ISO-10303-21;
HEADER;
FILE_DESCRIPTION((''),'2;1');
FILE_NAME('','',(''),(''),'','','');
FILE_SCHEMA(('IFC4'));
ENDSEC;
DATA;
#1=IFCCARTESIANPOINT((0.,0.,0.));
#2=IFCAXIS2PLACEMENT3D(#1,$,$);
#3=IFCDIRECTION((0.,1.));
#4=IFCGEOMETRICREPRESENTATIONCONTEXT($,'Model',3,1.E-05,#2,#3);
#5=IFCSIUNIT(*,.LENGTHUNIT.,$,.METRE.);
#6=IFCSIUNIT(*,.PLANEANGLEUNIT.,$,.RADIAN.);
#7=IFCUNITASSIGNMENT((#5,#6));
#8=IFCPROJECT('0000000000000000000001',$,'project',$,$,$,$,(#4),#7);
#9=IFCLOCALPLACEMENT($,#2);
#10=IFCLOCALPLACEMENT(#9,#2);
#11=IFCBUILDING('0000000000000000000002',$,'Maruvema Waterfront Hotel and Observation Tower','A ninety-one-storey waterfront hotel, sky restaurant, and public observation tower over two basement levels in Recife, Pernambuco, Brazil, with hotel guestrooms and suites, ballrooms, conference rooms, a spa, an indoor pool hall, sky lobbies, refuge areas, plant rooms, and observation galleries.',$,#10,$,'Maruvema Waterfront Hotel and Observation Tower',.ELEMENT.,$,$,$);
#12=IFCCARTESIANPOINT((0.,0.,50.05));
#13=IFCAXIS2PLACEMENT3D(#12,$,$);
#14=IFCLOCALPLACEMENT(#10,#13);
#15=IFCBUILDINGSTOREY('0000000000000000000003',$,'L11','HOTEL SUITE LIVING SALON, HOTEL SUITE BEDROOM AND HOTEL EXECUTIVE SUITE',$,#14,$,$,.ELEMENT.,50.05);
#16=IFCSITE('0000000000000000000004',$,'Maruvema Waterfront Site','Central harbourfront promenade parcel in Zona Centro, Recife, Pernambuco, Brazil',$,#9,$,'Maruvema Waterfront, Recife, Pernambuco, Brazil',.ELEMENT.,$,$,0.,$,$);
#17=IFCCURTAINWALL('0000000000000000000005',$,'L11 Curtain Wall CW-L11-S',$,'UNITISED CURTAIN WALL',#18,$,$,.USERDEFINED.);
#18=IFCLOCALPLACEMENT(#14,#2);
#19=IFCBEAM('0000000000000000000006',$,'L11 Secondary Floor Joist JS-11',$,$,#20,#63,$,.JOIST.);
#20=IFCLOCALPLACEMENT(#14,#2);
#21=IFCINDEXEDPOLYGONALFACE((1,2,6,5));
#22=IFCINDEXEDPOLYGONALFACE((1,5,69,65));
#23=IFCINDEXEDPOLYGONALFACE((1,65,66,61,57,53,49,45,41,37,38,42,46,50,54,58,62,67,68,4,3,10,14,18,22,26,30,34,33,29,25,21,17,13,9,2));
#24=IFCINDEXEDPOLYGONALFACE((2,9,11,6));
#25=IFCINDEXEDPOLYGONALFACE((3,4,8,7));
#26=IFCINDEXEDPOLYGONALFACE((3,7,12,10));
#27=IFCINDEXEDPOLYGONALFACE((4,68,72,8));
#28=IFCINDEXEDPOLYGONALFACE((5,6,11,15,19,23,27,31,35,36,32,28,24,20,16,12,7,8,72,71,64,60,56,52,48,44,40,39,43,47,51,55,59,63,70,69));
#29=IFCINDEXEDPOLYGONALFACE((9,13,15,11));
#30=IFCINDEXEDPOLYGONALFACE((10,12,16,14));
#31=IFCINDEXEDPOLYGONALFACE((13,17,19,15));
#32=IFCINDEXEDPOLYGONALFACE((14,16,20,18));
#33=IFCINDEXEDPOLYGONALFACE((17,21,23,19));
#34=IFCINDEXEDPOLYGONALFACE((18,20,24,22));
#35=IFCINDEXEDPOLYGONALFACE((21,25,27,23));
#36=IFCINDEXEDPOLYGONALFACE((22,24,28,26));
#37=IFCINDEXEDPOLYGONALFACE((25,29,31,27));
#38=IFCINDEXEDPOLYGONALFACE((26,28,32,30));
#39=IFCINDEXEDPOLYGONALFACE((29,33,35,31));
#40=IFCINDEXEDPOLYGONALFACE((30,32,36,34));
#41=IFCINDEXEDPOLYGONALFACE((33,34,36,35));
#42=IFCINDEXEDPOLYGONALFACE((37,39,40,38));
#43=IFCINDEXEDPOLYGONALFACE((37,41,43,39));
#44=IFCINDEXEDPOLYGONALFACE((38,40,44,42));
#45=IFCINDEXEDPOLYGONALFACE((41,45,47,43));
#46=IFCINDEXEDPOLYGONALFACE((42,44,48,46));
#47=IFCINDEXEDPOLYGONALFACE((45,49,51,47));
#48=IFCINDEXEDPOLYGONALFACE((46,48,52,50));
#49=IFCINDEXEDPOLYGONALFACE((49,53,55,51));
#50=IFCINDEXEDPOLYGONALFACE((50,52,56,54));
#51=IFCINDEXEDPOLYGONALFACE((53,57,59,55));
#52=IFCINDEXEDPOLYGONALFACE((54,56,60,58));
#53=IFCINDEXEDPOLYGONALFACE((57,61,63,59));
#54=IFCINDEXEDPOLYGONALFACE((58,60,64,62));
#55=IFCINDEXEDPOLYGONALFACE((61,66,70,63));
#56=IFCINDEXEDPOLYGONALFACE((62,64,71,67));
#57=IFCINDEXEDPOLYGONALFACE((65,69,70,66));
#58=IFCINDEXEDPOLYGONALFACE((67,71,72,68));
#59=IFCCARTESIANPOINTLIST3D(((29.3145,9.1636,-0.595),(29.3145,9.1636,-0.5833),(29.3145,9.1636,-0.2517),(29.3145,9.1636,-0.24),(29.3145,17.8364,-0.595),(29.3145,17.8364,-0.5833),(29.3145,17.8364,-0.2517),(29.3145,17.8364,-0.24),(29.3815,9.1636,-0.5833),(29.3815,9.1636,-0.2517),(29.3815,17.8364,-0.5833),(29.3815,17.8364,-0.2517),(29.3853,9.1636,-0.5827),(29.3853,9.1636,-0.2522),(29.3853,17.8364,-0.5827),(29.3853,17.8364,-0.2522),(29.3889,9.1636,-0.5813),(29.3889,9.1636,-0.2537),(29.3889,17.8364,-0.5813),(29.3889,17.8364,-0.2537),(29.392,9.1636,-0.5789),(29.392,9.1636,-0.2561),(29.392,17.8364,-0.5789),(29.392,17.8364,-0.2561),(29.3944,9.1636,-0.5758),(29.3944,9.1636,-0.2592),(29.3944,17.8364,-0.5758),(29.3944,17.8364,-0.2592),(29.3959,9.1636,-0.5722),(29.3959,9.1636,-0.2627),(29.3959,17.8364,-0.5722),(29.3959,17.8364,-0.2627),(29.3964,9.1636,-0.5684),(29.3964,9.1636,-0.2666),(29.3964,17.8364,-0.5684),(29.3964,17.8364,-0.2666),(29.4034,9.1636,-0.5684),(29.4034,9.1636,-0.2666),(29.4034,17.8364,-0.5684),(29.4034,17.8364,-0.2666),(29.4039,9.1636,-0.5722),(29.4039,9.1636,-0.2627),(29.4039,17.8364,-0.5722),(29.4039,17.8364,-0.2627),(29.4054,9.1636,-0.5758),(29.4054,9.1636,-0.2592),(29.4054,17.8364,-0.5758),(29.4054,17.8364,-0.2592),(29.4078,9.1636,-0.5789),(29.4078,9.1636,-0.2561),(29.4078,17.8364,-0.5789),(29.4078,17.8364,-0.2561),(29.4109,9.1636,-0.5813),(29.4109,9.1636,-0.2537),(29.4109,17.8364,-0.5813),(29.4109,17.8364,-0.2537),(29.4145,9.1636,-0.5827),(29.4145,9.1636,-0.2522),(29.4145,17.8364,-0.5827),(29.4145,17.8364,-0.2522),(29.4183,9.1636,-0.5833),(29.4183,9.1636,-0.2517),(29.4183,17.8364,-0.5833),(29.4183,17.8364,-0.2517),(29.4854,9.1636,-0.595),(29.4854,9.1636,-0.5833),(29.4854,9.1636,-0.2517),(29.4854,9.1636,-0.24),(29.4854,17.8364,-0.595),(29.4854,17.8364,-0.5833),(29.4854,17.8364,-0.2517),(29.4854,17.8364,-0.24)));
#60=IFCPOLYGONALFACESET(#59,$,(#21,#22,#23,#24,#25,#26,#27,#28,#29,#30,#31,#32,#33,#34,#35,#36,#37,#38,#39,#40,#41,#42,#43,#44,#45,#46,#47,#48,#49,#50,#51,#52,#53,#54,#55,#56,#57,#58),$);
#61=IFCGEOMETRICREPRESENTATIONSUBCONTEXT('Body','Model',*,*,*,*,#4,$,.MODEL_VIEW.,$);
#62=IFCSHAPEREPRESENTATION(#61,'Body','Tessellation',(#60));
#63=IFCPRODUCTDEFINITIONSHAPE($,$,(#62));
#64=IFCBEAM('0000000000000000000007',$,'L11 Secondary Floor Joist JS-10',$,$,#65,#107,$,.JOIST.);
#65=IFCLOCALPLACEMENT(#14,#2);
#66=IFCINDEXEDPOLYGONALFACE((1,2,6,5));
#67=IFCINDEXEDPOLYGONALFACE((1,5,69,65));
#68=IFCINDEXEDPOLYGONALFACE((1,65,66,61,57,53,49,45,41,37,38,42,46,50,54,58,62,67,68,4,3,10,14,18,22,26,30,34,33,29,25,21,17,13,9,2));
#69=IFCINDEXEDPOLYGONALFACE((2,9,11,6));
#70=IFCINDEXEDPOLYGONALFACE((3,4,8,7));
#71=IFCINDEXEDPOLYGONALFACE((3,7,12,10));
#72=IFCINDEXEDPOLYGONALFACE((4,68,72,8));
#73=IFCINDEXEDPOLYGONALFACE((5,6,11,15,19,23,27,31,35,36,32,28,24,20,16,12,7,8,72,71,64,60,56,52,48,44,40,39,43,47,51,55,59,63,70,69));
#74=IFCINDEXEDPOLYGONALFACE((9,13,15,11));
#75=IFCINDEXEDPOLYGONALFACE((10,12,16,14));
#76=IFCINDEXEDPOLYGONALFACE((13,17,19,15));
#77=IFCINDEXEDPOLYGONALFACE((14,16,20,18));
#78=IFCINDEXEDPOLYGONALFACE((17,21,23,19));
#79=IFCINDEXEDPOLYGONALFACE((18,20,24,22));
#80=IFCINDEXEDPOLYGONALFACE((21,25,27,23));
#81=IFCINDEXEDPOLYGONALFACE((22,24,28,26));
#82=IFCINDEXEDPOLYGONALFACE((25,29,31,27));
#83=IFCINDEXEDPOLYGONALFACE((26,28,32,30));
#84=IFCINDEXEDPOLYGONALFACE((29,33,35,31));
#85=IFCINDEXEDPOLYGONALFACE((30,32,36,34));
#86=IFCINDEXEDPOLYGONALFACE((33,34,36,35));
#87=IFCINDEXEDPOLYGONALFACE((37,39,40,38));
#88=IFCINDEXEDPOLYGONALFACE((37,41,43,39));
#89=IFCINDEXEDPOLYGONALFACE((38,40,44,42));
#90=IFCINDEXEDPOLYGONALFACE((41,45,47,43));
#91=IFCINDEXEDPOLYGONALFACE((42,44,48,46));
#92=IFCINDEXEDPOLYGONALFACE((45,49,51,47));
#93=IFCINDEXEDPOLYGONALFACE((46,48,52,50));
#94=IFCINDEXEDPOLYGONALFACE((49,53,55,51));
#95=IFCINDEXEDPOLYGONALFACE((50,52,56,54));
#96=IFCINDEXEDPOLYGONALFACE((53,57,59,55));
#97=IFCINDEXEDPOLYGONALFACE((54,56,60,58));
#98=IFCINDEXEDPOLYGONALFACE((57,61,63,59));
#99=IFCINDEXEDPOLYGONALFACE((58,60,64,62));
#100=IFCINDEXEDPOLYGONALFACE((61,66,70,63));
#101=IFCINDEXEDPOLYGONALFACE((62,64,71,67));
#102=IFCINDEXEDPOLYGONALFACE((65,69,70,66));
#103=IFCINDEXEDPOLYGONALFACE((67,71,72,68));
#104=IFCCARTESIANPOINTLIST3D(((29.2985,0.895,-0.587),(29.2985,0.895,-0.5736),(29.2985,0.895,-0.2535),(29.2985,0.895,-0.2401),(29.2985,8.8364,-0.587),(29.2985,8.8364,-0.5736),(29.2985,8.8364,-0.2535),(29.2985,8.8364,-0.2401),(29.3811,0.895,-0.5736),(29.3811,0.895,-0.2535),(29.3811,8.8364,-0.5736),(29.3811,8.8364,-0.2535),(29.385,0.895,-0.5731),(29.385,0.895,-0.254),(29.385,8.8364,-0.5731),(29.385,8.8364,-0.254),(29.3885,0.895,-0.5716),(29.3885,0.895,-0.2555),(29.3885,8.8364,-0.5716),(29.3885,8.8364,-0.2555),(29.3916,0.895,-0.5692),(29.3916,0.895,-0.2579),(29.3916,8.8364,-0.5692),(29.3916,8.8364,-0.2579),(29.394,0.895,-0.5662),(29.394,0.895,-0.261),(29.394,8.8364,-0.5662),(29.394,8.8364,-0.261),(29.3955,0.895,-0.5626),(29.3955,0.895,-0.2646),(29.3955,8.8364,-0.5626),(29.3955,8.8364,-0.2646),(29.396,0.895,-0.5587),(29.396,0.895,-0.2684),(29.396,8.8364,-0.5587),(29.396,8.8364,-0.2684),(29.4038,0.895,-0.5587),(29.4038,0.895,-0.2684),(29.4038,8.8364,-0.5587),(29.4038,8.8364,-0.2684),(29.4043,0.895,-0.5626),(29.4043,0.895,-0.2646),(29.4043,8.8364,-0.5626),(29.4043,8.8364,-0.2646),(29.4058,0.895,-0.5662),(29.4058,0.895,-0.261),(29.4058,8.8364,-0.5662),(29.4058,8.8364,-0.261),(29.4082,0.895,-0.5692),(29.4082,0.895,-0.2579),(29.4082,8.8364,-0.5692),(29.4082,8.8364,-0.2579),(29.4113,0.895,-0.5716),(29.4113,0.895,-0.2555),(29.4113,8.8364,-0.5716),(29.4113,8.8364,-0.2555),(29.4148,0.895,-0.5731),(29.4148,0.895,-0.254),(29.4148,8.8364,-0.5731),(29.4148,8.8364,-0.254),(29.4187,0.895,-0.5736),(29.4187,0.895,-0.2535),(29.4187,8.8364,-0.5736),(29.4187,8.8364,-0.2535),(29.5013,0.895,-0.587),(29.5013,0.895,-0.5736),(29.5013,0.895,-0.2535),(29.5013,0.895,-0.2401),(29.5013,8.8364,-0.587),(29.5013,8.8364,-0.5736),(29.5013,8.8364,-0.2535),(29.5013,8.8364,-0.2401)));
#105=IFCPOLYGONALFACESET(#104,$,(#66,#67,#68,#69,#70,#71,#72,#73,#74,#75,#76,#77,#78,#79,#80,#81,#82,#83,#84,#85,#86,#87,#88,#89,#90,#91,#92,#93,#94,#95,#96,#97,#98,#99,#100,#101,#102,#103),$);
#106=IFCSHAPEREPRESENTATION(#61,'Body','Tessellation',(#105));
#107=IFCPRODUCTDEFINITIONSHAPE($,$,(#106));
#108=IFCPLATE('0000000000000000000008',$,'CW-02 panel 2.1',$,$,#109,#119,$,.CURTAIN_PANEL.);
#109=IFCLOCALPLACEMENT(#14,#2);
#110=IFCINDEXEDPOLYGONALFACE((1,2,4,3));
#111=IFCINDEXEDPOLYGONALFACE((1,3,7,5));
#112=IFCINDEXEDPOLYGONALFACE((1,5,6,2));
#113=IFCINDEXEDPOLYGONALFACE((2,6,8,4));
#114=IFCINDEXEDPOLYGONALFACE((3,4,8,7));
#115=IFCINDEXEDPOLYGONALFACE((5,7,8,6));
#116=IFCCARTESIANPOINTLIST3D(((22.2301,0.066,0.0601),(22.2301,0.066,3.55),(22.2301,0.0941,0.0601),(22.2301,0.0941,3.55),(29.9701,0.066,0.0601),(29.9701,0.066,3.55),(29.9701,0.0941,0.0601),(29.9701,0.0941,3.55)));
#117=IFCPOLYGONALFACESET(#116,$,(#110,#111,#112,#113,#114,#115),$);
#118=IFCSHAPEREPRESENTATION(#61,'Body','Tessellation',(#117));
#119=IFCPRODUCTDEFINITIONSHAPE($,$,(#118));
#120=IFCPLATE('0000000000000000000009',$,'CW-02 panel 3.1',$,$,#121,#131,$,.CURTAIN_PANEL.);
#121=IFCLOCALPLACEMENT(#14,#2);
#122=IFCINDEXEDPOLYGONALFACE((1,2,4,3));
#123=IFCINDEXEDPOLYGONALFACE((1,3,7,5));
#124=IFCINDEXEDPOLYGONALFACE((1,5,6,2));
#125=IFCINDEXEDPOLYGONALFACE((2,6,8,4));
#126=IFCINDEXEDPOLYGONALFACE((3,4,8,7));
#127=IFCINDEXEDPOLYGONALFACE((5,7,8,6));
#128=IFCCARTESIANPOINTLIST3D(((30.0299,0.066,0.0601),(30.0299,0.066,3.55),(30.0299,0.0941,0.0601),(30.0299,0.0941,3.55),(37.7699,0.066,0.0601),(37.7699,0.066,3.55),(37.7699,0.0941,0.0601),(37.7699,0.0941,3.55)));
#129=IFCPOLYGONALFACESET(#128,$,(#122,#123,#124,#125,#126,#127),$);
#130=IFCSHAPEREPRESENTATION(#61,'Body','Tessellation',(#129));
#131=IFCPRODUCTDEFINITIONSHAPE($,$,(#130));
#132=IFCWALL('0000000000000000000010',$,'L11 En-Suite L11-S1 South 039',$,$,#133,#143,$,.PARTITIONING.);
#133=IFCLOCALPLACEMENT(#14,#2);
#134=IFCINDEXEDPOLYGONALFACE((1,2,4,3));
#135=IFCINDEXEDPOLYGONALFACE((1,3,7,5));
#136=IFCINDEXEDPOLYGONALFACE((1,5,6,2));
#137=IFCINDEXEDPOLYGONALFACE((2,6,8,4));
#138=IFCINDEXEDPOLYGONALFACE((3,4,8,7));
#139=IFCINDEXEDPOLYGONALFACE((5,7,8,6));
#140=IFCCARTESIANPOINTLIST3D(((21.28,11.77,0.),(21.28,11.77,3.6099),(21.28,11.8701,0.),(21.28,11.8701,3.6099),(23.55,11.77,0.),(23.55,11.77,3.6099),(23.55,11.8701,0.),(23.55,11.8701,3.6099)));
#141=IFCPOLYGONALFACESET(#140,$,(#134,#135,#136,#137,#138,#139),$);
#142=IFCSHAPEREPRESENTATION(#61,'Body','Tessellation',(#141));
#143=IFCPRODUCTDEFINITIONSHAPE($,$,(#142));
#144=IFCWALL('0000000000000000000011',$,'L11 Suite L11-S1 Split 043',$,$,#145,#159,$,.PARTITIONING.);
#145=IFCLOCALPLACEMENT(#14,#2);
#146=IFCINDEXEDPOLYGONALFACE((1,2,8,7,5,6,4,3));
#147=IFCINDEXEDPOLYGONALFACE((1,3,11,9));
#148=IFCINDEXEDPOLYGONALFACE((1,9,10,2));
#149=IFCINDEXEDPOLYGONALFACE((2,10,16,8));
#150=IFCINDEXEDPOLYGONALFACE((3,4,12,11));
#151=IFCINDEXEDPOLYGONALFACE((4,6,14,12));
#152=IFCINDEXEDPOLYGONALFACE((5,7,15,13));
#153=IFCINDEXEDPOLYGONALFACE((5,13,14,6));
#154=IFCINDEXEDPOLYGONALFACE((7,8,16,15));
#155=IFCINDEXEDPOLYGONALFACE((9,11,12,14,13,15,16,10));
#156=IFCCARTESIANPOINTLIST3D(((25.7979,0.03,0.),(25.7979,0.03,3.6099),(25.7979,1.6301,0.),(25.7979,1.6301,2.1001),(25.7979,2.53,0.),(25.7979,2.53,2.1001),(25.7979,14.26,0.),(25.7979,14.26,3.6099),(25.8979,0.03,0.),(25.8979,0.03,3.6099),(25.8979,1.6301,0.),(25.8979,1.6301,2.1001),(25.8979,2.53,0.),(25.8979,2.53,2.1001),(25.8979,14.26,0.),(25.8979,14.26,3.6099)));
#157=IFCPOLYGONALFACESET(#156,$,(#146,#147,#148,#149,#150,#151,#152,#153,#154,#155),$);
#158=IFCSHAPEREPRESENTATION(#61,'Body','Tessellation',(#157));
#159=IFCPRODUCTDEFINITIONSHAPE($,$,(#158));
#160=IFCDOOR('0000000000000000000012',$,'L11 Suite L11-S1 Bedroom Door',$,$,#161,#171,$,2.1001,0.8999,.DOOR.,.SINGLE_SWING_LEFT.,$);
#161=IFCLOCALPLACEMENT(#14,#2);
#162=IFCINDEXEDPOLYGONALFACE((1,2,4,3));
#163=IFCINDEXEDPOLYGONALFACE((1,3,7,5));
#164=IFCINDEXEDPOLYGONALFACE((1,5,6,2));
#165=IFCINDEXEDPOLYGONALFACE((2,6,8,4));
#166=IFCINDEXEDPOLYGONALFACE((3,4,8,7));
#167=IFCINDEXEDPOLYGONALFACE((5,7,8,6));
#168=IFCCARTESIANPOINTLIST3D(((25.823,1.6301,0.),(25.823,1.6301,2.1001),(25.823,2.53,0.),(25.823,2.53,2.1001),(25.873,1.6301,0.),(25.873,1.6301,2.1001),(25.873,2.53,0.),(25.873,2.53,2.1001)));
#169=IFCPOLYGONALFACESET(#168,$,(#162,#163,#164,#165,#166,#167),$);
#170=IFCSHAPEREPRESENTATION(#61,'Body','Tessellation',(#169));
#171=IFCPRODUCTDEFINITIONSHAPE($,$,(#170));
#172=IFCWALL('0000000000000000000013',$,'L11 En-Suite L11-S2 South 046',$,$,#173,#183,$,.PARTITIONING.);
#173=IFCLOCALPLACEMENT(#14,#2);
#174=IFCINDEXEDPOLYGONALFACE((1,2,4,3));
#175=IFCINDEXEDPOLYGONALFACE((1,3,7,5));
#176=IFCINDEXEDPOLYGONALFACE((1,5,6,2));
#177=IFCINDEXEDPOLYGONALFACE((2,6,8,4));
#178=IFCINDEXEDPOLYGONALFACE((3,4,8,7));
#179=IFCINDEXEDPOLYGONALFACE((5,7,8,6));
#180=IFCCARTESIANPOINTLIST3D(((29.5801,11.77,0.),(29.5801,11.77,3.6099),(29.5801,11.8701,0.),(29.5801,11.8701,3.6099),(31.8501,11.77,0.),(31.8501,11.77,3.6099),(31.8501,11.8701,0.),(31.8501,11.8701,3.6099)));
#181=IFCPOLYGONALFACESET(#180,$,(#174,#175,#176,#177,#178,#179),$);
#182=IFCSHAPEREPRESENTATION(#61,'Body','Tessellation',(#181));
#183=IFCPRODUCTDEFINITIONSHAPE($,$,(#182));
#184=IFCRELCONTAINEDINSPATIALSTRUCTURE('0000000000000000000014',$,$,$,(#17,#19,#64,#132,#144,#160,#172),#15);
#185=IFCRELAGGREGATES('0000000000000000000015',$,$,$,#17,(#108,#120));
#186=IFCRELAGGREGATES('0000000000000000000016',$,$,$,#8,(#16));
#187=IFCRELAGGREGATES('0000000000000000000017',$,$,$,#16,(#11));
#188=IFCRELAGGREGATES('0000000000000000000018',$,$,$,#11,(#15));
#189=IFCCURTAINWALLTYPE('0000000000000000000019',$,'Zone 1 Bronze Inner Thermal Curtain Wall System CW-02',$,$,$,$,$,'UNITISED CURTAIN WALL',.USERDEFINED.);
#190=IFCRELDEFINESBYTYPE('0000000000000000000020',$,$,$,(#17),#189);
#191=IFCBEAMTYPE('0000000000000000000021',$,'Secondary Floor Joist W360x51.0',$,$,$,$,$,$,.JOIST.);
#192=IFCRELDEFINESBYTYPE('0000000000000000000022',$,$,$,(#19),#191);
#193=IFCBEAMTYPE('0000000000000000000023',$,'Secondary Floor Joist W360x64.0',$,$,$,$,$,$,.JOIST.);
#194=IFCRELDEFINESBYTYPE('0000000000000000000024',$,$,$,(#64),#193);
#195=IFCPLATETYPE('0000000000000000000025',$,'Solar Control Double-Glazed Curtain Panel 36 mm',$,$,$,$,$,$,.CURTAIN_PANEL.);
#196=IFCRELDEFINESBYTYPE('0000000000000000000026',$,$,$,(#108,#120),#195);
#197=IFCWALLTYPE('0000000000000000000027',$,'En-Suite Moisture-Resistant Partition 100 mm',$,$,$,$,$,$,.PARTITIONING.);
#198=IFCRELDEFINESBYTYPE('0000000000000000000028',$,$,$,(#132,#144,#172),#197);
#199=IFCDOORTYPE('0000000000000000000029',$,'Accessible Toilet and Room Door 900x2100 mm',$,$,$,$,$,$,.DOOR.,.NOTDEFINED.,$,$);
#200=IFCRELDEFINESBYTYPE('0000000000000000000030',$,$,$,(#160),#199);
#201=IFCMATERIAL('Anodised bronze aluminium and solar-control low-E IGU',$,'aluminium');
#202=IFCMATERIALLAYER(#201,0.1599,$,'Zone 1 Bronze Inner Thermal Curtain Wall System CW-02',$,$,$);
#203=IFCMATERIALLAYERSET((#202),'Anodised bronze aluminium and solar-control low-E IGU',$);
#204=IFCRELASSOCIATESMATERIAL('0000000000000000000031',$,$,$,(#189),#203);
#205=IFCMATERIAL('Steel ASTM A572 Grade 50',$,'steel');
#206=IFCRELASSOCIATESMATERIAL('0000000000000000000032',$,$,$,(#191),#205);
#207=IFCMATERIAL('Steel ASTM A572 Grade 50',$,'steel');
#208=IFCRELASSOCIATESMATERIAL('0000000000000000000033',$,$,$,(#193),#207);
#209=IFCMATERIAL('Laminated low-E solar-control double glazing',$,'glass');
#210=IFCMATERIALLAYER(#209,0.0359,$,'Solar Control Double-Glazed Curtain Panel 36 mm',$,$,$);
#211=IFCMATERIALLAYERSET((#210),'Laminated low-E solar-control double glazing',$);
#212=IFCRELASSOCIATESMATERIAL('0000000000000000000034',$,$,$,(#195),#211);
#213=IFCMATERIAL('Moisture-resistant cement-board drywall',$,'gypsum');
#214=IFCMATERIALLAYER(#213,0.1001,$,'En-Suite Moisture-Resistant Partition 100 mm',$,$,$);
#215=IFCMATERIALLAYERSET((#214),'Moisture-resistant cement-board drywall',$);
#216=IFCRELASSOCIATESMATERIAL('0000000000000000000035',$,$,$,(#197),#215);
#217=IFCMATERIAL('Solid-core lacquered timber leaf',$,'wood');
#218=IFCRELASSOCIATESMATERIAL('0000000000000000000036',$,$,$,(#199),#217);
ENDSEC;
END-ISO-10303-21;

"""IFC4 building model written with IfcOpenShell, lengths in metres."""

from ifc_helpers import new_model, si_unit, direction, frame, frame_2d, origin, origin_2d, place, context, subcontext, project, spatial, rectangle, i_section, extrude, material, layer, layer_set, material_profile, profile_set, type_object, element, fill, aggregate, save


model = new_model("IFC4")

# Units and contexts
model_context = context("Model", 3, precision=1e-05, world=origin(), true_north=direction((0.0, 1.0)))
body_context = subcontext(model_context, "Body", "Model", "MODEL_VIEW")
ifc_project = project(units=[si_unit("LENGTHUNIT", "METRE"), si_unit("PLANEANGLEUNIT", "RADIAN")], contexts=[model_context])

# Site, building, storey
site_placement = place(None, origin())
site = spatial("IfcSite", under=ifc_project, at=site_placement, Name="Maruvema Waterfront Site", Description="Central harbourfront promenade parcel in Zona Centro, Recife, Pernambuco, Brazil", LongName="Maruvema Waterfront, Recife, Pernambuco, Brazil", CompositionType="ELEMENT", RefElevation=0.0)
building_placement = place(site_placement, origin())
building = spatial("IfcBuilding", under=site, at=building_placement, Name="Maruvema Waterfront Hotel and Observation Tower", Description="A ninety-one-storey waterfront hotel, sky restaurant, and public observation tower over two basement levels in Recife, Pernambuco, Brazil, with hotel guestrooms and suites, ballrooms, conference rooms, a spa, an indoor pool hall, sky lobbies, refuge areas, plant rooms, and observation galleries.", LongName="Maruvema Waterfront Hotel and Observation Tower", CompositionType="ELEMENT")
storey_placement = place(building_placement, frame((0.0, 0.0, 50.05)))
storey = spatial("IfcBuildingStorey", under=building, at=storey_placement, Name="L11", Description="HOTEL SUITE LIVING SALON, HOTEL SUITE BEDROOM AND HOTEL EXECUTIVE SUITE", CompositionType="ELEMENT", Elevation=50.05)

# Curtain wall
ifc_material_1 = material(Name="Anodised bronze aluminium and solar-control low-E IGU", Category="aluminium")
ifc_layer_1 = layer(ifc_material_1, 0.1599, Name="Zone 1 Bronze Inner Thermal Curtain Wall System CW-02")
ifc_layer_set_1 = layer_set([ifc_layer_1], Name="Anodised bronze aluminium and solar-control low-E IGU")
curtain_wall_type = type_object("IfcCurtainWallType", Name="Zone 1 Bronze Inner Thermal Curtain Wall System CW-02", ElementType="UNITISED CURTAIN WALL", PredefinedType="USERDEFINED", material=ifc_layer_set_1)
curtain_wall_placement = place(storey_placement, origin())
curtain_wall = element("IfcCurtainWall", 1, at=curtain_wall_placement, inside=storey, type_object=curtain_wall_type, Name="L11 Curtain Wall CW-L11-S", ObjectType="UNITISED CURTAIN WALL", PredefinedType="USERDEFINED")

# Beams
ifc_material_2 = material(Name="Steel ASTM A572 Grade 50", Category="steel")
ifc_material_profile_1 = material_profile(ifc_material_2, i_section(OverallWidth=0.1709, OverallDepth=0.355, WebThickness=0.0071, FlangeThickness=0.0117, FilletRadius=0.0149, at=origin_2d()), Name="W360x51.0")
ifc_profile_set_1 = profile_set([ifc_material_profile_1], Name="Steel ASTM A572 Grade 50")
beam_type_1 = type_object("IfcBeamType", Name="Secondary Floor Joist W360x51.0", PredefinedType="JOIST", material=ifc_profile_set_1)
beam_1_placement = place(storey_placement, frame((29.3999, 9.1636, -0.4175), z_axis=(0.0, 1.0, 0.0), x_axis=(-1.0, 0.0, 0.0)))
element("IfcBeam", 2, at=beam_1_placement, inside=storey, type_object=beam_type_1, Name="L11 Secondary Floor Joist JS-11", PredefinedType="JOIST", context=body_context, shape_type="SweptSolid", body=[
    extrude(i_section(OverallWidth=0.1709, OverallDepth=0.355, WebThickness=0.0071, FlangeThickness=0.0117, FilletRadius=0.0149, at=origin_2d()), origin(), (0.0, 0.0, 1.0), 8.6729),
])
ifc_material_3 = material(Name="Steel ASTM A572 Grade 50", Category="steel")
ifc_material_profile_2 = material_profile(ifc_material_3, i_section(OverallWidth=0.2029, OverallDepth=0.3469, WebThickness=0.0078, FlangeThickness=0.0134, FilletRadius=0.0149, at=origin_2d()), Name="W360x64.0")
ifc_profile_set_2 = profile_set([ifc_material_profile_2], Name="Steel ASTM A572 Grade 50")
beam_type_2 = type_object("IfcBeamType", Name="Secondary Floor Joist W360x64.0", PredefinedType="JOIST", material=ifc_profile_set_2)
beam_2_placement = place(storey_placement, frame((29.3999, 0.895, -0.4136), z_axis=(0.0, 1.0, 0.0), x_axis=(-1.0, 0.0, 0.0)))
element("IfcBeam", 3, at=beam_2_placement, inside=storey, type_object=beam_type_2, Name="L11 Secondary Floor Joist JS-10", PredefinedType="JOIST", context=body_context, shape_type="SweptSolid", body=[
    extrude(i_section(OverallWidth=0.2029, OverallDepth=0.3469, WebThickness=0.0078, FlangeThickness=0.0134, FilletRadius=0.0149, at=origin_2d()), origin(), (0.0, 0.0, 1.0), 7.9414),
])

# Plates
ifc_material_4 = material(Name="Laminated low-E solar-control double glazing", Category="glass")
ifc_layer_2 = layer(ifc_material_4, 0.0359, Name="Solar Control Double-Glazed Curtain Panel 36 mm")
ifc_layer_set_2 = layer_set([ifc_layer_2], Name="Laminated low-E solar-control double glazing")
plate_type = type_object("IfcPlateType", Name="Solar Control Double-Glazed Curtain Panel 36 mm", PredefinedType="CURTAIN_PANEL", material=ifc_layer_set_2)
plate_1_placement = place(storey_placement, frame((26.1001, 0.0801, 0.0601), z_axis=(0.0, 0.0, 1.0), x_axis=(1.0, 0.0, 0.0)))
plate_1 = element("IfcPlate", 4, at=plate_1_placement, type_object=plate_type, Name="CW-02 panel 2.1", PredefinedType="CURTAIN_PANEL", context=body_context, shape_type="SweptSolid", body=[
    extrude(rectangle(XDim=7.74, YDim=0.0281, at=origin_2d()), origin(), (0.0, 0.0, 1.0), 3.49),
])
plate_2_placement = place(storey_placement, frame((33.8999, 0.0801, 0.0601), z_axis=(0.0, 0.0, 1.0), x_axis=(1.0, 0.0, 0.0)))
plate_2 = element("IfcPlate", 5, at=plate_2_placement, type_object=plate_type, Name="CW-02 panel 3.1", PredefinedType="CURTAIN_PANEL", context=body_context, shape_type="SweptSolid", body=[
    extrude(rectangle(XDim=7.74, YDim=0.0281, at=origin_2d()), origin(), (0.0, 0.0, 1.0), 3.49),
])
aggregate(curtain_wall, [plate_1, plate_2])

# Wall
ifc_material_5 = material(Name="Moisture-resistant cement-board drywall", Category="gypsum")
ifc_layer_3 = layer(ifc_material_5, 0.1001, Name="En-Suite Moisture-Resistant Partition 100 mm")
ifc_layer_set_3 = layer_set([ifc_layer_3], Name="Moisture-resistant cement-board drywall")
wall_type_1 = type_object("IfcWallType", Name="En-Suite Moisture-Resistant Partition 100 mm", PredefinedType="PARTITIONING", material=ifc_layer_set_3)
wall_1_placement = place(storey_placement, frame((21.28, 11.8201, 0.0), z_axis=(0.0, 0.0, 1.0), x_axis=(1.0, 0.0, 0.0)))
element("IfcWall", 6, at=wall_1_placement, inside=storey, type_object=wall_type_1, Name="L11 En-Suite L11-S1 South 039", PredefinedType="PARTITIONING", context=body_context, shape_type="SweptSolid", body=[
    extrude(rectangle(XDim=2.27, YDim=0.1001, at=frame_2d((1.135, 0.0))), origin(), (0.0, 0.0, 1.0), 3.6099),
])

# Wall, opening, door
wall_2_placement = place(storey_placement, frame((25.8479, 0.03, 0.0), z_axis=(0.0, 0.0, 1.0), x_axis=(0.0, 1.0, 0.0)))
wall_2 = element("IfcWall", 7, at=wall_2_placement, inside=storey, type_object=wall_type_1, Name="L11 Suite L11-S1 Split 043", PredefinedType="PARTITIONING", context=body_context, shape_type="SweptSolid", body=[
    extrude(rectangle(XDim=14.23, YDim=0.1001, at=frame_2d((7.115, 0.0))), origin(), (0.0, 0.0, 1.0), 3.6099),
])
opening_1_placement = place(wall_2_placement, frame((1.6001, 0.0, 0.0)))
opening_1 = element("IfcOpeningElement", 8, at=opening_1_placement, cuts=wall_2, PredefinedType="OPENING", context=body_context, shape_type="SweptSolid", body=[
    extrude(rectangle(XDim=0.8999, YDim=2.1001, at=frame_2d((0.45, 1.05))), frame((0.0, 0.0601, 0.0), z_axis=(0.0, -1.0, 0.0), x_axis=(1.0, 0.0, 0.0)), (0.0, 0.0, 1.0), 0.1201),
])
ifc_material_6 = material(Name="Solid-core lacquered timber leaf", Category="wood")
door_type = type_object("IfcDoorType", Name="Accessible Toilet and Room Door 900x2100 mm", OperationType="NOTDEFINED", PredefinedType="DOOR", material=ifc_material_6)
door_1_placement = place(opening_1_placement, origin())
door_1 = element("IfcDoor", 9, at=door_1_placement, inside=storey, type_object=door_type, Name="L11 Suite L11-S1 Bedroom Door", OperationType="SINGLE_SWING_LEFT", OverallHeight=2.1001, OverallWidth=0.8999, PredefinedType="DOOR", context=body_context, shape_type="SweptSolid", body=[
    extrude(rectangle(XDim=0.8999, YDim=2.1001, at=frame_2d((0.45, 1.05))), frame((0.0, 0.0249, 0.0), z_axis=(0.0, -1.0, 0.0), x_axis=(1.0, 0.0, 0.0)), (0.0, 0.0, 1.0), 0.05),
])
fill(opening_1, door_1)

# Wall
wall_3_placement = place(storey_placement, frame((29.5801, 11.8201, 0.0), z_axis=(0.0, 0.0, 1.0), x_axis=(1.0, 0.0, 0.0)))
element("IfcWall", 10, at=wall_3_placement, inside=storey, type_object=wall_type_1, Name="L11 En-Suite L11-S2 South 046", PredefinedType="PARTITIONING", context=body_context, shape_type="SweptSolid", body=[
    extrude(rectangle(XDim=2.27, YDim=0.1001, at=frame_2d((1.135, 0.0))), origin(), (0.0, 0.0, 1.0), 3.6099),
])

save(model, "model.ifc")
